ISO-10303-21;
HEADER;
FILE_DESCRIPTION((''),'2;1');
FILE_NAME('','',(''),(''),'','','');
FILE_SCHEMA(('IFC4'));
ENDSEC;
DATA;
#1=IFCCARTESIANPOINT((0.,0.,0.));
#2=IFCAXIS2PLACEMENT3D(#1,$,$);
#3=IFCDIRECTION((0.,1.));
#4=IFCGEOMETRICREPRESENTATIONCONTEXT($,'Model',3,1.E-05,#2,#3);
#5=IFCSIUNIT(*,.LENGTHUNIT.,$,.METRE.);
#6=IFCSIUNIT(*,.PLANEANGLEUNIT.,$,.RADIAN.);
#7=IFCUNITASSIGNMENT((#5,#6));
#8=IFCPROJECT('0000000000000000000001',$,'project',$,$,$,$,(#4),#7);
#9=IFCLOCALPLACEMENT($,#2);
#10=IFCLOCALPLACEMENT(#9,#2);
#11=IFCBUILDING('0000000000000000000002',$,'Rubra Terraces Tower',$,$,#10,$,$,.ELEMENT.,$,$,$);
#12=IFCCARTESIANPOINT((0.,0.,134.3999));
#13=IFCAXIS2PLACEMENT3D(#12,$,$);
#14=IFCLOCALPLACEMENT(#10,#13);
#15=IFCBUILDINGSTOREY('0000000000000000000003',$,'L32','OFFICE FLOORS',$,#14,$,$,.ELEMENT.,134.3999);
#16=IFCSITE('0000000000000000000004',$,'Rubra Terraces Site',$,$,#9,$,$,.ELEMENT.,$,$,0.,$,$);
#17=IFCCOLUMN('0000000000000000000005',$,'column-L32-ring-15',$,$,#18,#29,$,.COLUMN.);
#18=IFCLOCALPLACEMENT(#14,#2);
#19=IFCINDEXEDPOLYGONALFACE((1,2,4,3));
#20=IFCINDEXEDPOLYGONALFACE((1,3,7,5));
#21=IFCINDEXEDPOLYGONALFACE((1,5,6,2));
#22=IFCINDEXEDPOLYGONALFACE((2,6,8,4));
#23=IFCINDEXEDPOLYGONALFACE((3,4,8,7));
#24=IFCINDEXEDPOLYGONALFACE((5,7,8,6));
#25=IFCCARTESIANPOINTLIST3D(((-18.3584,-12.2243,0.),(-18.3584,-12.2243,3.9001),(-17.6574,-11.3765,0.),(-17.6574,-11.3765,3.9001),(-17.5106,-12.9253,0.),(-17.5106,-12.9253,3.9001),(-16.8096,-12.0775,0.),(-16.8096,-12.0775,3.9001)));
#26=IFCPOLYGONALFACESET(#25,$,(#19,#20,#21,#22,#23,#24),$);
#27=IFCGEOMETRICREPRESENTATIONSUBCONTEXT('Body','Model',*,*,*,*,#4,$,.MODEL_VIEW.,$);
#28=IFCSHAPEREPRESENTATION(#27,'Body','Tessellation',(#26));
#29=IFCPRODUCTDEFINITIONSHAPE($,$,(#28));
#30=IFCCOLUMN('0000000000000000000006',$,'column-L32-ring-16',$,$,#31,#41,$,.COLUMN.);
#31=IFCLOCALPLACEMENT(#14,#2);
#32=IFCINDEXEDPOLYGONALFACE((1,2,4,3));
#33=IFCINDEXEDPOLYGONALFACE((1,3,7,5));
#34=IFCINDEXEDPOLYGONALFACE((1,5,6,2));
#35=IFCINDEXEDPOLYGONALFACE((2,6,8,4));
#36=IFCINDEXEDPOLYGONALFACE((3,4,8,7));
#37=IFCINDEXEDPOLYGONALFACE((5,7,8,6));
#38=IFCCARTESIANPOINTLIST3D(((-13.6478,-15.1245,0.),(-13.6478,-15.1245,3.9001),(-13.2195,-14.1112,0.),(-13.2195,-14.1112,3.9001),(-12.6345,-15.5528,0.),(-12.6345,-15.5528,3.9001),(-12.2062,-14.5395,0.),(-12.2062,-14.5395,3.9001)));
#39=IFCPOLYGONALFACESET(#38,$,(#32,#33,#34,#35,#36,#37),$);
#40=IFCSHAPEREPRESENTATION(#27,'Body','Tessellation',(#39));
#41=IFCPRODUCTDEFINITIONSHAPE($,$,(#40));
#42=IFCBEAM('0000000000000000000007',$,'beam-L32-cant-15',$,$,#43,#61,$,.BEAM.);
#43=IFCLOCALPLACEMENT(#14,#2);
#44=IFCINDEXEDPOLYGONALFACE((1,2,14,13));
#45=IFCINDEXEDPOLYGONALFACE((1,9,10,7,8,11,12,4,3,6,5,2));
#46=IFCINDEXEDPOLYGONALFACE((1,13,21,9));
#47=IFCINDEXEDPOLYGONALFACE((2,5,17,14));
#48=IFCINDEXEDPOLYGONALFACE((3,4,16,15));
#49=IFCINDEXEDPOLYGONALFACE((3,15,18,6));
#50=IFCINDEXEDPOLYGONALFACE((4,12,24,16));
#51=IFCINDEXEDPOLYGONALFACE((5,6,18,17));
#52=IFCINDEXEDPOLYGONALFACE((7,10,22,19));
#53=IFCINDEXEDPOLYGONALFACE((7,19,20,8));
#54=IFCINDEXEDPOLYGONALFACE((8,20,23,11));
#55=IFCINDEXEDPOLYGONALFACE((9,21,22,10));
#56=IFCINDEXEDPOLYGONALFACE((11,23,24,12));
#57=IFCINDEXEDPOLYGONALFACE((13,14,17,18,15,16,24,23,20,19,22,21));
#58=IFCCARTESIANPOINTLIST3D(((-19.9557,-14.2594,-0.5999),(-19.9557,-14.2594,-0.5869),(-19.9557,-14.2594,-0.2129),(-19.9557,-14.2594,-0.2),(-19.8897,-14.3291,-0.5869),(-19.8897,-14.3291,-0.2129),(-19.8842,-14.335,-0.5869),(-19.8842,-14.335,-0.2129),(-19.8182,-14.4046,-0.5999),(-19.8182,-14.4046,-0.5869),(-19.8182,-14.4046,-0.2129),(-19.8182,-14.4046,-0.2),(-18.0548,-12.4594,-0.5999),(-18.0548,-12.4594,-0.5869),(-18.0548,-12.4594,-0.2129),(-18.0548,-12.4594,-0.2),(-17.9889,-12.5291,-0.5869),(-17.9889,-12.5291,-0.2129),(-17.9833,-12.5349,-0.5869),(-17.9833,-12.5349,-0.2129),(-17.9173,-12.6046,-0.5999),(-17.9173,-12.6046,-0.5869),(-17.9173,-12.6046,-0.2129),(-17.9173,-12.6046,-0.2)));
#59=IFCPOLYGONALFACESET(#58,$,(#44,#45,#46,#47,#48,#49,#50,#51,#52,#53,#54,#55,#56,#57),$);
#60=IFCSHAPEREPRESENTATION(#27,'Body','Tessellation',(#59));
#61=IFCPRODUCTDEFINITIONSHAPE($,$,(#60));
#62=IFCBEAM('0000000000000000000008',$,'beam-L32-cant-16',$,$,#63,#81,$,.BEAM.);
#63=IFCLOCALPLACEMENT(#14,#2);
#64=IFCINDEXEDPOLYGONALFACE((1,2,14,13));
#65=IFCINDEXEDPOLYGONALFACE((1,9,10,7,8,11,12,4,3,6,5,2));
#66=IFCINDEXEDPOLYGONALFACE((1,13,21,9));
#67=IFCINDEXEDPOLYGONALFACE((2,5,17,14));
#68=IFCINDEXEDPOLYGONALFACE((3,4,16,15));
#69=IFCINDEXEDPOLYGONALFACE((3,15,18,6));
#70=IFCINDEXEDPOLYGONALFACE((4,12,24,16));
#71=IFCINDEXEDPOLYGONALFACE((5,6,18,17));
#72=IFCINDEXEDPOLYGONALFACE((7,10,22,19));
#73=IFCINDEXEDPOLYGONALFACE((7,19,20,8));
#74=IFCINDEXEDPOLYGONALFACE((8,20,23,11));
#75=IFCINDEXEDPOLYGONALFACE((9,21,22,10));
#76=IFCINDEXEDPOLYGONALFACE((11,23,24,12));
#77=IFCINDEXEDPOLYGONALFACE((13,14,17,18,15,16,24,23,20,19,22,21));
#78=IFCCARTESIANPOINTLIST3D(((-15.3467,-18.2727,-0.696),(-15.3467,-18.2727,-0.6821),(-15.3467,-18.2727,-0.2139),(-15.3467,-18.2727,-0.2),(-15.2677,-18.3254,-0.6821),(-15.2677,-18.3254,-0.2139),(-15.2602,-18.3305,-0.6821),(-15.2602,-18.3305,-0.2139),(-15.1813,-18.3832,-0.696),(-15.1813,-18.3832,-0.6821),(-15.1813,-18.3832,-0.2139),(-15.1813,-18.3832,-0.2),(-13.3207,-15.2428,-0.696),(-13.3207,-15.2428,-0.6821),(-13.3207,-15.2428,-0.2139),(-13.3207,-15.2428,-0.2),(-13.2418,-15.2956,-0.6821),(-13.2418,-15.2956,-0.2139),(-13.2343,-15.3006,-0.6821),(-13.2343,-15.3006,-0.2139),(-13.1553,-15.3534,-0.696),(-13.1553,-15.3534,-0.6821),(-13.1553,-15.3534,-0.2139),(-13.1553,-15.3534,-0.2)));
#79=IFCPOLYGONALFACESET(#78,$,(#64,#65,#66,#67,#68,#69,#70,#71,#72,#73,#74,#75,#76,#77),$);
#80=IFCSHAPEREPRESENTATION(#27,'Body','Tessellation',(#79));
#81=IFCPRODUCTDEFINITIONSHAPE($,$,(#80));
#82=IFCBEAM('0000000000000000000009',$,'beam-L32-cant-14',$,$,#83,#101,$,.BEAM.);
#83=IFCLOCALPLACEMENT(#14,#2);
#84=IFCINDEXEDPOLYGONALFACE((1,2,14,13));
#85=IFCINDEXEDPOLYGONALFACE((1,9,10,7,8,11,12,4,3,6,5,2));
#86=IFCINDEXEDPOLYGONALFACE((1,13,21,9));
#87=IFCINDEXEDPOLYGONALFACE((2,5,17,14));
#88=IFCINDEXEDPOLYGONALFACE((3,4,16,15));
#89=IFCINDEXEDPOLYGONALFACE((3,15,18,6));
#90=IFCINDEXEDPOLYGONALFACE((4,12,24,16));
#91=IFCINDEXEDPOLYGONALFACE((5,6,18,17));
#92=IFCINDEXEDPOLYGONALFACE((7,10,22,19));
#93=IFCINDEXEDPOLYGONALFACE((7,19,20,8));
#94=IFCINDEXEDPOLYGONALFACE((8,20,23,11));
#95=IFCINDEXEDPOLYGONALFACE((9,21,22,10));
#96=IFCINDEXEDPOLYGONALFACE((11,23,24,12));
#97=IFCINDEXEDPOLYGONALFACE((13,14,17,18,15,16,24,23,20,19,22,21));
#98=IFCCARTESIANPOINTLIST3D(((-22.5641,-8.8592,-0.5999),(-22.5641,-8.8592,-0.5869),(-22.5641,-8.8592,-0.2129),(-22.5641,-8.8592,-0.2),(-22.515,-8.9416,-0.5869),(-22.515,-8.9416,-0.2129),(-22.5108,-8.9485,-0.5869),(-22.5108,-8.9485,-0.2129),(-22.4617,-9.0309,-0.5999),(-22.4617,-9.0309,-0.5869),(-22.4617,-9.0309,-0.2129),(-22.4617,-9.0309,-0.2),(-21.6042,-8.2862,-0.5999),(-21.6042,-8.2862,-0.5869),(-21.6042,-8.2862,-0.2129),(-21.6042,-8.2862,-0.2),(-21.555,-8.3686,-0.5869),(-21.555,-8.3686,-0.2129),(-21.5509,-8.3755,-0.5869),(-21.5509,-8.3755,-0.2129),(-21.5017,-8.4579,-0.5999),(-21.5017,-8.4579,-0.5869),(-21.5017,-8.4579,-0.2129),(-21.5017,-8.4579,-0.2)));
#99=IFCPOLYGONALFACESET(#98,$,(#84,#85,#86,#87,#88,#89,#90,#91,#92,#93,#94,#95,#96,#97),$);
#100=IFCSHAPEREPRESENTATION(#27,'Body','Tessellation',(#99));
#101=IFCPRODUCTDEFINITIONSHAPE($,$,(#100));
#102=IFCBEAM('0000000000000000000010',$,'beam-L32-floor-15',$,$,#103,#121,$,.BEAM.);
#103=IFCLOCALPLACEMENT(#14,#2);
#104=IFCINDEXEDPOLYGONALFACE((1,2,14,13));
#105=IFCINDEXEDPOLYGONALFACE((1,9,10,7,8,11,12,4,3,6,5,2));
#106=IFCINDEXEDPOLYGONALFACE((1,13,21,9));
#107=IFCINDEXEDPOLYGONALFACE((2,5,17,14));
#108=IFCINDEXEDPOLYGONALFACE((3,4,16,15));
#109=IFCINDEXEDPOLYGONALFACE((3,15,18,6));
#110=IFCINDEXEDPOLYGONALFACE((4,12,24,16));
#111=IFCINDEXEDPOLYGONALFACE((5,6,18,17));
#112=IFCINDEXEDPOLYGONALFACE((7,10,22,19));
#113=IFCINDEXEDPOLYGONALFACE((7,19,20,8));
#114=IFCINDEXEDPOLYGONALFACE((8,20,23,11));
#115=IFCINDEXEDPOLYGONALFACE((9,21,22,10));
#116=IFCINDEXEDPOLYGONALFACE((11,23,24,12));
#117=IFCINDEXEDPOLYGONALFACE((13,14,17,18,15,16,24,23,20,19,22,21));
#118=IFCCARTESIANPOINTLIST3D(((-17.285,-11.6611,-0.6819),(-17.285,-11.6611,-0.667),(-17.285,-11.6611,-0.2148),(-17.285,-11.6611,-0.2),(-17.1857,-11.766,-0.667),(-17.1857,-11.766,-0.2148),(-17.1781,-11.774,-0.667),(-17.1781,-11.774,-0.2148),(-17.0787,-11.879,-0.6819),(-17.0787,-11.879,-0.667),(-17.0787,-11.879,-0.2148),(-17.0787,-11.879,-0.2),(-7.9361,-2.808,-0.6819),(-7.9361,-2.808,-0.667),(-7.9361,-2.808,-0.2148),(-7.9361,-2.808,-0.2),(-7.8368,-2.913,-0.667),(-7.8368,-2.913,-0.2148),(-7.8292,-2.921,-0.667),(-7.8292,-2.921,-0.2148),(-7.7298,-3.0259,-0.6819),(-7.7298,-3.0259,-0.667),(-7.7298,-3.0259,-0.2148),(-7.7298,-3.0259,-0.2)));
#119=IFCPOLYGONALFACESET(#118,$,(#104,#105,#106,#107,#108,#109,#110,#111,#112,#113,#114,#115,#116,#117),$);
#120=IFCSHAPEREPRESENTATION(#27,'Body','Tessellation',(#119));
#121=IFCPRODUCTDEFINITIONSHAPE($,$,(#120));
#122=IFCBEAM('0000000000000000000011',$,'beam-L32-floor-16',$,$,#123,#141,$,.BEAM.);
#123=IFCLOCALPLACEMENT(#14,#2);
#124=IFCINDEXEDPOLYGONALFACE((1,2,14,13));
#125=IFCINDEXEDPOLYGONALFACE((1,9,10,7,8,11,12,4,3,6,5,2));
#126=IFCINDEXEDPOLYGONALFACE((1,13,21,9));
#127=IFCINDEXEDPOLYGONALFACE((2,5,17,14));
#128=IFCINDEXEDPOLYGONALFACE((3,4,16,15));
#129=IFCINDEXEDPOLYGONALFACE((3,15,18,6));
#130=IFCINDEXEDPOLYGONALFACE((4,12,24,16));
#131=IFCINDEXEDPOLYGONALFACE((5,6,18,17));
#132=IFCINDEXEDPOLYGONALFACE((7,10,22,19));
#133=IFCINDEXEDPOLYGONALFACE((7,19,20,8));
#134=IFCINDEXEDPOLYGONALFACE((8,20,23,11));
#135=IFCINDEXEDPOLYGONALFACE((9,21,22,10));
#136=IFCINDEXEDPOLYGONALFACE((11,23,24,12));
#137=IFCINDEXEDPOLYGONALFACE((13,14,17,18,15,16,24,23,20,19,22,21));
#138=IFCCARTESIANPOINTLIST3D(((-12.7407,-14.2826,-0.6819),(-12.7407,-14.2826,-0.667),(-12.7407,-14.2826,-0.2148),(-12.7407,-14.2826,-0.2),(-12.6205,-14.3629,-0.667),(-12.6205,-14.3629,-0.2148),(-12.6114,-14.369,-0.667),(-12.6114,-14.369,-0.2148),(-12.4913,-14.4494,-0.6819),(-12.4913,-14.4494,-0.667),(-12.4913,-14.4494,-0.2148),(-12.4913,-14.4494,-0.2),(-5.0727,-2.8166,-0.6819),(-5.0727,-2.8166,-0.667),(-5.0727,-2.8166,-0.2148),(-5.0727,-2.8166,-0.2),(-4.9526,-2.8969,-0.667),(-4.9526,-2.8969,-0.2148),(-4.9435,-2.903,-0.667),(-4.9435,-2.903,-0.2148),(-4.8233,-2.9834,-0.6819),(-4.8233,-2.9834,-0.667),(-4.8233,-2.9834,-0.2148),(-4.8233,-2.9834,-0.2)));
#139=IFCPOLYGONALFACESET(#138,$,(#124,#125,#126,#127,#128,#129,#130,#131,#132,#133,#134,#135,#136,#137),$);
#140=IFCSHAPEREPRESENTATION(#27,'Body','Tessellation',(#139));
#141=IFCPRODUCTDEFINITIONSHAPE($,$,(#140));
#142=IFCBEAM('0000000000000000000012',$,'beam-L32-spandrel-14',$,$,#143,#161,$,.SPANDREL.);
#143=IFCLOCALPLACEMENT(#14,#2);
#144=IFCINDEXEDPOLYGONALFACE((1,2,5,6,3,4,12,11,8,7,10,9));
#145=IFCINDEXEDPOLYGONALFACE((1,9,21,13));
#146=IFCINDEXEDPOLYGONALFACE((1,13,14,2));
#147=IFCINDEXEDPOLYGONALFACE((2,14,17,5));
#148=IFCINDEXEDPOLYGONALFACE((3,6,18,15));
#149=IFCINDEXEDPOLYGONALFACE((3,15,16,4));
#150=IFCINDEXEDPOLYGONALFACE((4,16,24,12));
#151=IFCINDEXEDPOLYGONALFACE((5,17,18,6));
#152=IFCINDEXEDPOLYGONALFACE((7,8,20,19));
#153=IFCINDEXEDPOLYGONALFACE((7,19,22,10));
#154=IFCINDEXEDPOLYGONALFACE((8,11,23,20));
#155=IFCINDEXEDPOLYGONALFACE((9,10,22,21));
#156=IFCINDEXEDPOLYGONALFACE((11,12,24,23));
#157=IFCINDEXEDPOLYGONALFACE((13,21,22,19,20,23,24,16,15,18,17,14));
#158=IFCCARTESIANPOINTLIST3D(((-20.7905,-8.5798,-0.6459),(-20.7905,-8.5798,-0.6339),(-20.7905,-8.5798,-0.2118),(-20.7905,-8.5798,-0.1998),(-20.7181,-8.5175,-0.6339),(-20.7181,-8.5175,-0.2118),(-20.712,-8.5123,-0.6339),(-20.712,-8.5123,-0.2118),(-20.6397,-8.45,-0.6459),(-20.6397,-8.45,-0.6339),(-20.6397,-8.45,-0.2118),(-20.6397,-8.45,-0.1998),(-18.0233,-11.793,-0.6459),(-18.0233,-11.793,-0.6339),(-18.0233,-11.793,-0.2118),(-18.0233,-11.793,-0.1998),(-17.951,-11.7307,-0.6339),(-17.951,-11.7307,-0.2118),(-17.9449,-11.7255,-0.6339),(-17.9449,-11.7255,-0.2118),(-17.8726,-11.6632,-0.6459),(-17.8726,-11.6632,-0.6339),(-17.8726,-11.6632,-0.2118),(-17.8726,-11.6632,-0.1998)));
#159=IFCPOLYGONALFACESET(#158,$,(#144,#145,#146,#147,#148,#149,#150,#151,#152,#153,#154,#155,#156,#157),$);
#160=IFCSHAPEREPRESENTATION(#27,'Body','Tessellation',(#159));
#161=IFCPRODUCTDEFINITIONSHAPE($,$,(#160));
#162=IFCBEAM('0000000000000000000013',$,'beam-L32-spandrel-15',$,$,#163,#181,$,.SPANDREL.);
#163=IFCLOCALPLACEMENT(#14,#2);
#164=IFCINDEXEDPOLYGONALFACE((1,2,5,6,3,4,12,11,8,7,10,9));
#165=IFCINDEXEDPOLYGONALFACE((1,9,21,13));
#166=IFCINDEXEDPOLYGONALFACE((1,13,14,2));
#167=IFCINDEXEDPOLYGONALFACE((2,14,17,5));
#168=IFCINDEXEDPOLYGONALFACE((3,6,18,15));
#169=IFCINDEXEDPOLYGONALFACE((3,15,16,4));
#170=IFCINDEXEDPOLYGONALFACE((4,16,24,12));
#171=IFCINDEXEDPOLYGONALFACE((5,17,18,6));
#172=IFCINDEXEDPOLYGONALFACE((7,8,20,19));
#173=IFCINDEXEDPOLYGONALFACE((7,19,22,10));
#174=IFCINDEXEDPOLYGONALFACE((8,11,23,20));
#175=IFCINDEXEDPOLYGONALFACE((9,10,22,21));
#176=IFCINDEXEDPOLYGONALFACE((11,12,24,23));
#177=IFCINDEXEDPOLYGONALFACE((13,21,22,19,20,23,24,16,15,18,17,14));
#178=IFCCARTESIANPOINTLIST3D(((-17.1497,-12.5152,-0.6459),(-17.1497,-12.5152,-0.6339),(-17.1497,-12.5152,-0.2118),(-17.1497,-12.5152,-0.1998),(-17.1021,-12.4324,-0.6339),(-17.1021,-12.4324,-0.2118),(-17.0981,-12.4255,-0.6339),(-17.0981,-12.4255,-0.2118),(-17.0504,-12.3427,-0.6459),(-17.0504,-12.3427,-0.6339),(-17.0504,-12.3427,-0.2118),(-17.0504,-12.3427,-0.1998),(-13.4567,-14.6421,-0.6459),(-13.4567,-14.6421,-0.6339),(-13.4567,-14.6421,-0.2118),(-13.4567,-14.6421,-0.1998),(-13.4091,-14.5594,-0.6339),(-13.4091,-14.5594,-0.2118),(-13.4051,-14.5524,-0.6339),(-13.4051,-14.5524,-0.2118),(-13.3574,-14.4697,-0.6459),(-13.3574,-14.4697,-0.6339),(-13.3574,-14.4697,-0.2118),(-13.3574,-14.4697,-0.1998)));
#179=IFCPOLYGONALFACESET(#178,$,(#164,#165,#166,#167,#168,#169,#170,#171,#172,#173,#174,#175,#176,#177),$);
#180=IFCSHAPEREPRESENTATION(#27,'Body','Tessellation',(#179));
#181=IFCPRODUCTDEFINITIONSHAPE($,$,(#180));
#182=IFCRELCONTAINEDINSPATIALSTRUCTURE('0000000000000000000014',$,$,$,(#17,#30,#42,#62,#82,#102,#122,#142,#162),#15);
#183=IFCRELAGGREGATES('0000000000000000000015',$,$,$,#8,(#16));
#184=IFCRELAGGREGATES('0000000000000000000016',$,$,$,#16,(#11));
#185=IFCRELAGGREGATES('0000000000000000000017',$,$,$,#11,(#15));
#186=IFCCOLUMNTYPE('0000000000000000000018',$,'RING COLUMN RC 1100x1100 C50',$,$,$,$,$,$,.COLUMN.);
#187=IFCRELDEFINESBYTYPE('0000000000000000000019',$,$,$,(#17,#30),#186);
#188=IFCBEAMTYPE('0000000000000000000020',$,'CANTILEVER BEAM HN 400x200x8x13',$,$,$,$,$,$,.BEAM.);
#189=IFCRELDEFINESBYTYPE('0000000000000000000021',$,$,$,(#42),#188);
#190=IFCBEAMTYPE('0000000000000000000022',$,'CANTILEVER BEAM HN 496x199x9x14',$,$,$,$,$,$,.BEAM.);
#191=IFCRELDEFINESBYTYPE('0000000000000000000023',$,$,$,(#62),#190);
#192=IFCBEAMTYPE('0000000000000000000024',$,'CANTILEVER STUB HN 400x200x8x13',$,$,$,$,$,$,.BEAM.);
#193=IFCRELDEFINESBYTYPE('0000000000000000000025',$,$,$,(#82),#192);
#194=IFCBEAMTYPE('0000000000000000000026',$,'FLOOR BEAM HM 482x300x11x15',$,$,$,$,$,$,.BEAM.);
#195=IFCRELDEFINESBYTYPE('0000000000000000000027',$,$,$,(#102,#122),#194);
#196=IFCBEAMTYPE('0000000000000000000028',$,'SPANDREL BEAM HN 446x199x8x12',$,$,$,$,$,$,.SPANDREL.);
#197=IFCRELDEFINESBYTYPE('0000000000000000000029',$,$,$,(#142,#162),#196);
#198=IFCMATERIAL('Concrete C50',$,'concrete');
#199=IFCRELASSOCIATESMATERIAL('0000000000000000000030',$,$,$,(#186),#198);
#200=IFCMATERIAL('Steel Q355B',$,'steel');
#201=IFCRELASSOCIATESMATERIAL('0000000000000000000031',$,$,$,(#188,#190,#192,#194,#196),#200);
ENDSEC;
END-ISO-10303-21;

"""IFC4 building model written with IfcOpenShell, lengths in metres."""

from ifc_helpers import new_model, si_unit, direction, frame, origin, origin_2d, place, context, subcontext, project, spatial, rectangle, i_section, extrude, material, material_profile, profile_set, type_object, element, save


model = new_model("IFC4")

# Units and contexts
model_context = context("Model", 3, precision=1e-05, world=origin(), true_north=direction((0.0, 1.0)))
body_context = subcontext(model_context, "Body", "Model", "MODEL_VIEW")
ifc_project = project(units=[si_unit("LENGTHUNIT", "METRE"), si_unit("PLANEANGLEUNIT", "RADIAN")], contexts=[model_context])

# Site, building, storey
site_placement = place(None, origin())
site = spatial("IfcSite", under=ifc_project, at=site_placement, Name="Rubra Terraces Site", CompositionType="ELEMENT", RefElevation=0.0)
building_placement = place(site_placement, origin())
building = spatial("IfcBuilding", under=site, at=building_placement, Name="Rubra Terraces Tower", CompositionType="ELEMENT")
storey_placement = place(building_placement, frame((0.0, 0.0, 134.3999)))
storey = spatial("IfcBuildingStorey", under=building, at=storey_placement, Name="L32", Description="OFFICE FLOORS", CompositionType="ELEMENT", Elevation=134.3999)

# Columns
ifc_material_1 = material(Name="Concrete C50", Category="concrete")
ifc_material_profile_1 = material_profile(ifc_material_1, rectangle(XDim=1.1001, YDim=1.1001, at=origin_2d()), Name="RC 1100x1100")
ifc_profile_set_1 = profile_set([ifc_material_profile_1], Name="Concrete C50")
column_type = type_object("IfcColumnType", Name="RING COLUMN RC 1100x1100 C50", PredefinedType="COLUMN", material=ifc_profile_set_1)
for number, where, z_axis, x_axis, name in (
    (1, (-17.584, -12.1509, 0.0), (0.0, 0.0, 1.0), (0.770679, -0.637223, 0.0), "column-L32-ring-15"),
    (2, (-12.927, -14.832, 0.0), (0.0, 0.0, 1.0), (0.921106, -0.389313, 0.0), "column-L32-ring-16"),
):
    element("IfcColumn", number, at=place(storey_placement, frame(where, z_axis=z_axis, x_axis=x_axis)), inside=storey, type_object=column_type, Name=name, PredefinedType="COLUMN", context=body_context, shape_type="SweptSolid", body=[
        extrude(rectangle(XDim=1.1001, YDim=1.1001, at=origin_2d()), origin(), (0.0, 0.0, 1.0), 3.9001),
    ])

# Beams
ifc_material_2 = material(Name="Steel Q355B", Category="steel")
ifc_material_profile_2 = material_profile(ifc_material_2, i_section(OverallWidth=0.2, OverallDepth=0.3999, WebThickness=0.0081, FlangeThickness=0.0129, at=origin_2d()), Name="HN 400x200x8x13")
ifc_profile_set_2 = profile_set([ifc_material_profile_2], Name="Steel Q355B")
beam_type_1 = type_object("IfcBeamType", Name="CANTILEVER BEAM HN 400x200x8x13", PredefinedType="BEAM", material=ifc_profile_set_2)
beam_1_placement = place(storey_placement, frame((-17.9861, -12.532, -0.3999), z_axis=(-0.726102, -0.687587, 0.0), x_axis=(0.687587, -0.726102, 0.0)))
element("IfcBeam", 3, at=beam_1_placement, inside=storey, type_object=beam_type_1, Name="beam-L32-cant-15", PredefinedType="BEAM", context=body_context, shape_type="SweptSolid", body=[
    extrude(i_section(OverallWidth=0.2, OverallDepth=0.3999, WebThickness=0.0081, FlangeThickness=0.0129, at=origin_2d()), origin(), (0.0, 0.0, 1.0), 2.6179),
])
ifc_material_profile_3 = material_profile(ifc_material_2, i_section(OverallWidth=0.199, OverallDepth=0.4961, WebThickness=0.009, FlangeThickness=0.0139, at=origin_2d()), Name="HN 496x199x9x14")
ifc_profile_set_3 = profile_set([ifc_material_profile_3], Name="Steel Q355B")
beam_type_2 = type_object("IfcBeamType", Name="CANTILEVER BEAM HN 496x199x9x14", PredefinedType="BEAM", material=ifc_profile_set_3)
beam_2_placement = place(storey_placement, frame((-13.238, -15.2981, -0.448), z_axis=(-0.555844, -0.831287, 0.0), x_axis=(0.831287, -0.555844, 0.0)))
element("IfcBeam", 4, at=beam_2_placement, inside=storey, type_object=beam_type_2, Name="beam-L32-cant-16", PredefinedType="BEAM", context=body_context, shape_type="SweptSolid", body=[
    extrude(i_section(OverallWidth=0.199, OverallDepth=0.4961, WebThickness=0.009, FlangeThickness=0.0139, at=origin_2d()), origin(), (0.0, 0.0, 1.0), 3.6448),
])
ifc_material_profile_4 = material_profile(ifc_material_2, i_section(OverallWidth=0.2, OverallDepth=0.3999, WebThickness=0.0081, FlangeThickness=0.0129, at=origin_2d()), Name="HN 400x200x8x13")
ifc_profile_set_4 = profile_set([ifc_material_profile_4], Name="Steel Q355B")
beam_type_3 = type_object("IfcBeamType", Name="CANTILEVER STUB HN 400x200x8x13", PredefinedType="BEAM", material=ifc_profile_set_4)
beam_3_placement = place(storey_placement, frame((-21.553, -8.3721, -0.3999), z_axis=(-0.858666, -0.512535, 0.0), x_axis=(0.512535, -0.858666, 0.0)))
element("IfcBeam", 5, at=beam_3_placement, inside=storey, type_object=beam_type_3, Name="beam-L32-cant-14", PredefinedType="BEAM", context=body_context, shape_type="SweptSolid", body=[
    extrude(i_section(OverallWidth=0.2, OverallDepth=0.3999, WebThickness=0.0081, FlangeThickness=0.0129, at=origin_2d()), origin(), (0.0, 0.0, 1.0), 1.1179),
])
ifc_material_profile_5 = material_profile(ifc_material_2, i_section(OverallWidth=0.3, OverallDepth=0.4819, WebThickness=0.011, FlangeThickness=0.0149, at=origin_2d()), Name="HM 482x300x11x15")
ifc_profile_set_5 = profile_set([ifc_material_profile_5], Name="Steel Q355B")
beam_type_4 = type_object("IfcBeamType", Name="FLOOR BEAM HM 482x300x11x15", PredefinedType="BEAM", material=ifc_profile_set_5)
beam_4_placement = place(storey_placement, frame((-17.1819, -11.77, -0.4409), z_axis=(0.7261, 0.687589, 0.0), x_axis=(-0.687589, 0.7261, 0.0)))
element("IfcBeam", 6, at=beam_4_placement, inside=storey, type_object=beam_type_4, Name="beam-L32-floor-15", PredefinedType="BEAM", context=body_context, shape_type="SweptSolid", body=[
    extrude(i_section(OverallWidth=0.3, OverallDepth=0.4819, WebThickness=0.011, FlangeThickness=0.0149, at=origin_2d()), origin(), (0.0, 0.0, 1.0), 12.8755),
])
beam_5_placement = place(storey_placement, frame((-12.616, -14.366, -0.4409), z_axis=(0.5559, 0.831249, 0.0), x_axis=(-0.831249, 0.5559, 0.0)))
element("IfcBeam", 7, at=beam_5_placement, inside=storey, type_object=beam_type_4, Name="beam-L32-floor-16", PredefinedType="BEAM", context=body_context, shape_type="SweptSolid", body=[
    extrude(i_section(OverallWidth=0.3, OverallDepth=0.4819, WebThickness=0.011, FlangeThickness=0.0149, at=origin_2d()), origin(), (0.0, 0.0, 1.0), 13.7937),
])
ifc_material_profile_6 = material_profile(ifc_material_2, i_section(OverallWidth=0.199, OverallDepth=0.446, WebThickness=0.0081, FlangeThickness=0.012, at=origin_2d()), Name="HN 446x199x8x12")
ifc_profile_set_6 = profile_set([ifc_material_profile_6], Name="Steel Q355B")
beam_type_5 = type_object("IfcBeamType", Name="SPANDREL BEAM HN 446x199x8x12", PredefinedType="SPANDREL", material=ifc_profile_set_6)
beam_6_placement = place(storey_placement, frame((-20.7151, -8.5149, -0.4229), z_axis=(0.652553, -0.757743, 0.0), x_axis=(0.757743, 0.652553, 0.0)))
element("IfcBeam", 8, at=beam_6_placement, inside=storey, type_object=beam_type_5, Name="beam-L32-spandrel-14", PredefinedType="SPANDREL", context=body_context, shape_type="SweptSolid", body=[
    extrude(i_section(OverallWidth=0.199, OverallDepth=0.446, WebThickness=0.0081, FlangeThickness=0.012, at=origin_2d()), origin(), (0.0, 0.0, 1.0), 4.2405),
])
beam_7_placement = place(storey_placement, frame((-17.1001, -12.429, -0.4229), z_axis=(0.86656, -0.499073, 0.0), x_axis=(0.499073, 0.86656, 0.0)))
element("IfcBeam", 9, at=beam_7_placement, inside=storey, type_object=beam_type_5, Name="beam-L32-spandrel-15", PredefinedType="SPANDREL", context=body_context, shape_type="SweptSolid", body=[
    extrude(i_section(OverallWidth=0.199, OverallDepth=0.446, WebThickness=0.0081, FlangeThickness=0.012, at=origin_2d()), origin(), (0.0, 0.0, 1.0), 4.2617),
])

save(model, "model.ifc")
